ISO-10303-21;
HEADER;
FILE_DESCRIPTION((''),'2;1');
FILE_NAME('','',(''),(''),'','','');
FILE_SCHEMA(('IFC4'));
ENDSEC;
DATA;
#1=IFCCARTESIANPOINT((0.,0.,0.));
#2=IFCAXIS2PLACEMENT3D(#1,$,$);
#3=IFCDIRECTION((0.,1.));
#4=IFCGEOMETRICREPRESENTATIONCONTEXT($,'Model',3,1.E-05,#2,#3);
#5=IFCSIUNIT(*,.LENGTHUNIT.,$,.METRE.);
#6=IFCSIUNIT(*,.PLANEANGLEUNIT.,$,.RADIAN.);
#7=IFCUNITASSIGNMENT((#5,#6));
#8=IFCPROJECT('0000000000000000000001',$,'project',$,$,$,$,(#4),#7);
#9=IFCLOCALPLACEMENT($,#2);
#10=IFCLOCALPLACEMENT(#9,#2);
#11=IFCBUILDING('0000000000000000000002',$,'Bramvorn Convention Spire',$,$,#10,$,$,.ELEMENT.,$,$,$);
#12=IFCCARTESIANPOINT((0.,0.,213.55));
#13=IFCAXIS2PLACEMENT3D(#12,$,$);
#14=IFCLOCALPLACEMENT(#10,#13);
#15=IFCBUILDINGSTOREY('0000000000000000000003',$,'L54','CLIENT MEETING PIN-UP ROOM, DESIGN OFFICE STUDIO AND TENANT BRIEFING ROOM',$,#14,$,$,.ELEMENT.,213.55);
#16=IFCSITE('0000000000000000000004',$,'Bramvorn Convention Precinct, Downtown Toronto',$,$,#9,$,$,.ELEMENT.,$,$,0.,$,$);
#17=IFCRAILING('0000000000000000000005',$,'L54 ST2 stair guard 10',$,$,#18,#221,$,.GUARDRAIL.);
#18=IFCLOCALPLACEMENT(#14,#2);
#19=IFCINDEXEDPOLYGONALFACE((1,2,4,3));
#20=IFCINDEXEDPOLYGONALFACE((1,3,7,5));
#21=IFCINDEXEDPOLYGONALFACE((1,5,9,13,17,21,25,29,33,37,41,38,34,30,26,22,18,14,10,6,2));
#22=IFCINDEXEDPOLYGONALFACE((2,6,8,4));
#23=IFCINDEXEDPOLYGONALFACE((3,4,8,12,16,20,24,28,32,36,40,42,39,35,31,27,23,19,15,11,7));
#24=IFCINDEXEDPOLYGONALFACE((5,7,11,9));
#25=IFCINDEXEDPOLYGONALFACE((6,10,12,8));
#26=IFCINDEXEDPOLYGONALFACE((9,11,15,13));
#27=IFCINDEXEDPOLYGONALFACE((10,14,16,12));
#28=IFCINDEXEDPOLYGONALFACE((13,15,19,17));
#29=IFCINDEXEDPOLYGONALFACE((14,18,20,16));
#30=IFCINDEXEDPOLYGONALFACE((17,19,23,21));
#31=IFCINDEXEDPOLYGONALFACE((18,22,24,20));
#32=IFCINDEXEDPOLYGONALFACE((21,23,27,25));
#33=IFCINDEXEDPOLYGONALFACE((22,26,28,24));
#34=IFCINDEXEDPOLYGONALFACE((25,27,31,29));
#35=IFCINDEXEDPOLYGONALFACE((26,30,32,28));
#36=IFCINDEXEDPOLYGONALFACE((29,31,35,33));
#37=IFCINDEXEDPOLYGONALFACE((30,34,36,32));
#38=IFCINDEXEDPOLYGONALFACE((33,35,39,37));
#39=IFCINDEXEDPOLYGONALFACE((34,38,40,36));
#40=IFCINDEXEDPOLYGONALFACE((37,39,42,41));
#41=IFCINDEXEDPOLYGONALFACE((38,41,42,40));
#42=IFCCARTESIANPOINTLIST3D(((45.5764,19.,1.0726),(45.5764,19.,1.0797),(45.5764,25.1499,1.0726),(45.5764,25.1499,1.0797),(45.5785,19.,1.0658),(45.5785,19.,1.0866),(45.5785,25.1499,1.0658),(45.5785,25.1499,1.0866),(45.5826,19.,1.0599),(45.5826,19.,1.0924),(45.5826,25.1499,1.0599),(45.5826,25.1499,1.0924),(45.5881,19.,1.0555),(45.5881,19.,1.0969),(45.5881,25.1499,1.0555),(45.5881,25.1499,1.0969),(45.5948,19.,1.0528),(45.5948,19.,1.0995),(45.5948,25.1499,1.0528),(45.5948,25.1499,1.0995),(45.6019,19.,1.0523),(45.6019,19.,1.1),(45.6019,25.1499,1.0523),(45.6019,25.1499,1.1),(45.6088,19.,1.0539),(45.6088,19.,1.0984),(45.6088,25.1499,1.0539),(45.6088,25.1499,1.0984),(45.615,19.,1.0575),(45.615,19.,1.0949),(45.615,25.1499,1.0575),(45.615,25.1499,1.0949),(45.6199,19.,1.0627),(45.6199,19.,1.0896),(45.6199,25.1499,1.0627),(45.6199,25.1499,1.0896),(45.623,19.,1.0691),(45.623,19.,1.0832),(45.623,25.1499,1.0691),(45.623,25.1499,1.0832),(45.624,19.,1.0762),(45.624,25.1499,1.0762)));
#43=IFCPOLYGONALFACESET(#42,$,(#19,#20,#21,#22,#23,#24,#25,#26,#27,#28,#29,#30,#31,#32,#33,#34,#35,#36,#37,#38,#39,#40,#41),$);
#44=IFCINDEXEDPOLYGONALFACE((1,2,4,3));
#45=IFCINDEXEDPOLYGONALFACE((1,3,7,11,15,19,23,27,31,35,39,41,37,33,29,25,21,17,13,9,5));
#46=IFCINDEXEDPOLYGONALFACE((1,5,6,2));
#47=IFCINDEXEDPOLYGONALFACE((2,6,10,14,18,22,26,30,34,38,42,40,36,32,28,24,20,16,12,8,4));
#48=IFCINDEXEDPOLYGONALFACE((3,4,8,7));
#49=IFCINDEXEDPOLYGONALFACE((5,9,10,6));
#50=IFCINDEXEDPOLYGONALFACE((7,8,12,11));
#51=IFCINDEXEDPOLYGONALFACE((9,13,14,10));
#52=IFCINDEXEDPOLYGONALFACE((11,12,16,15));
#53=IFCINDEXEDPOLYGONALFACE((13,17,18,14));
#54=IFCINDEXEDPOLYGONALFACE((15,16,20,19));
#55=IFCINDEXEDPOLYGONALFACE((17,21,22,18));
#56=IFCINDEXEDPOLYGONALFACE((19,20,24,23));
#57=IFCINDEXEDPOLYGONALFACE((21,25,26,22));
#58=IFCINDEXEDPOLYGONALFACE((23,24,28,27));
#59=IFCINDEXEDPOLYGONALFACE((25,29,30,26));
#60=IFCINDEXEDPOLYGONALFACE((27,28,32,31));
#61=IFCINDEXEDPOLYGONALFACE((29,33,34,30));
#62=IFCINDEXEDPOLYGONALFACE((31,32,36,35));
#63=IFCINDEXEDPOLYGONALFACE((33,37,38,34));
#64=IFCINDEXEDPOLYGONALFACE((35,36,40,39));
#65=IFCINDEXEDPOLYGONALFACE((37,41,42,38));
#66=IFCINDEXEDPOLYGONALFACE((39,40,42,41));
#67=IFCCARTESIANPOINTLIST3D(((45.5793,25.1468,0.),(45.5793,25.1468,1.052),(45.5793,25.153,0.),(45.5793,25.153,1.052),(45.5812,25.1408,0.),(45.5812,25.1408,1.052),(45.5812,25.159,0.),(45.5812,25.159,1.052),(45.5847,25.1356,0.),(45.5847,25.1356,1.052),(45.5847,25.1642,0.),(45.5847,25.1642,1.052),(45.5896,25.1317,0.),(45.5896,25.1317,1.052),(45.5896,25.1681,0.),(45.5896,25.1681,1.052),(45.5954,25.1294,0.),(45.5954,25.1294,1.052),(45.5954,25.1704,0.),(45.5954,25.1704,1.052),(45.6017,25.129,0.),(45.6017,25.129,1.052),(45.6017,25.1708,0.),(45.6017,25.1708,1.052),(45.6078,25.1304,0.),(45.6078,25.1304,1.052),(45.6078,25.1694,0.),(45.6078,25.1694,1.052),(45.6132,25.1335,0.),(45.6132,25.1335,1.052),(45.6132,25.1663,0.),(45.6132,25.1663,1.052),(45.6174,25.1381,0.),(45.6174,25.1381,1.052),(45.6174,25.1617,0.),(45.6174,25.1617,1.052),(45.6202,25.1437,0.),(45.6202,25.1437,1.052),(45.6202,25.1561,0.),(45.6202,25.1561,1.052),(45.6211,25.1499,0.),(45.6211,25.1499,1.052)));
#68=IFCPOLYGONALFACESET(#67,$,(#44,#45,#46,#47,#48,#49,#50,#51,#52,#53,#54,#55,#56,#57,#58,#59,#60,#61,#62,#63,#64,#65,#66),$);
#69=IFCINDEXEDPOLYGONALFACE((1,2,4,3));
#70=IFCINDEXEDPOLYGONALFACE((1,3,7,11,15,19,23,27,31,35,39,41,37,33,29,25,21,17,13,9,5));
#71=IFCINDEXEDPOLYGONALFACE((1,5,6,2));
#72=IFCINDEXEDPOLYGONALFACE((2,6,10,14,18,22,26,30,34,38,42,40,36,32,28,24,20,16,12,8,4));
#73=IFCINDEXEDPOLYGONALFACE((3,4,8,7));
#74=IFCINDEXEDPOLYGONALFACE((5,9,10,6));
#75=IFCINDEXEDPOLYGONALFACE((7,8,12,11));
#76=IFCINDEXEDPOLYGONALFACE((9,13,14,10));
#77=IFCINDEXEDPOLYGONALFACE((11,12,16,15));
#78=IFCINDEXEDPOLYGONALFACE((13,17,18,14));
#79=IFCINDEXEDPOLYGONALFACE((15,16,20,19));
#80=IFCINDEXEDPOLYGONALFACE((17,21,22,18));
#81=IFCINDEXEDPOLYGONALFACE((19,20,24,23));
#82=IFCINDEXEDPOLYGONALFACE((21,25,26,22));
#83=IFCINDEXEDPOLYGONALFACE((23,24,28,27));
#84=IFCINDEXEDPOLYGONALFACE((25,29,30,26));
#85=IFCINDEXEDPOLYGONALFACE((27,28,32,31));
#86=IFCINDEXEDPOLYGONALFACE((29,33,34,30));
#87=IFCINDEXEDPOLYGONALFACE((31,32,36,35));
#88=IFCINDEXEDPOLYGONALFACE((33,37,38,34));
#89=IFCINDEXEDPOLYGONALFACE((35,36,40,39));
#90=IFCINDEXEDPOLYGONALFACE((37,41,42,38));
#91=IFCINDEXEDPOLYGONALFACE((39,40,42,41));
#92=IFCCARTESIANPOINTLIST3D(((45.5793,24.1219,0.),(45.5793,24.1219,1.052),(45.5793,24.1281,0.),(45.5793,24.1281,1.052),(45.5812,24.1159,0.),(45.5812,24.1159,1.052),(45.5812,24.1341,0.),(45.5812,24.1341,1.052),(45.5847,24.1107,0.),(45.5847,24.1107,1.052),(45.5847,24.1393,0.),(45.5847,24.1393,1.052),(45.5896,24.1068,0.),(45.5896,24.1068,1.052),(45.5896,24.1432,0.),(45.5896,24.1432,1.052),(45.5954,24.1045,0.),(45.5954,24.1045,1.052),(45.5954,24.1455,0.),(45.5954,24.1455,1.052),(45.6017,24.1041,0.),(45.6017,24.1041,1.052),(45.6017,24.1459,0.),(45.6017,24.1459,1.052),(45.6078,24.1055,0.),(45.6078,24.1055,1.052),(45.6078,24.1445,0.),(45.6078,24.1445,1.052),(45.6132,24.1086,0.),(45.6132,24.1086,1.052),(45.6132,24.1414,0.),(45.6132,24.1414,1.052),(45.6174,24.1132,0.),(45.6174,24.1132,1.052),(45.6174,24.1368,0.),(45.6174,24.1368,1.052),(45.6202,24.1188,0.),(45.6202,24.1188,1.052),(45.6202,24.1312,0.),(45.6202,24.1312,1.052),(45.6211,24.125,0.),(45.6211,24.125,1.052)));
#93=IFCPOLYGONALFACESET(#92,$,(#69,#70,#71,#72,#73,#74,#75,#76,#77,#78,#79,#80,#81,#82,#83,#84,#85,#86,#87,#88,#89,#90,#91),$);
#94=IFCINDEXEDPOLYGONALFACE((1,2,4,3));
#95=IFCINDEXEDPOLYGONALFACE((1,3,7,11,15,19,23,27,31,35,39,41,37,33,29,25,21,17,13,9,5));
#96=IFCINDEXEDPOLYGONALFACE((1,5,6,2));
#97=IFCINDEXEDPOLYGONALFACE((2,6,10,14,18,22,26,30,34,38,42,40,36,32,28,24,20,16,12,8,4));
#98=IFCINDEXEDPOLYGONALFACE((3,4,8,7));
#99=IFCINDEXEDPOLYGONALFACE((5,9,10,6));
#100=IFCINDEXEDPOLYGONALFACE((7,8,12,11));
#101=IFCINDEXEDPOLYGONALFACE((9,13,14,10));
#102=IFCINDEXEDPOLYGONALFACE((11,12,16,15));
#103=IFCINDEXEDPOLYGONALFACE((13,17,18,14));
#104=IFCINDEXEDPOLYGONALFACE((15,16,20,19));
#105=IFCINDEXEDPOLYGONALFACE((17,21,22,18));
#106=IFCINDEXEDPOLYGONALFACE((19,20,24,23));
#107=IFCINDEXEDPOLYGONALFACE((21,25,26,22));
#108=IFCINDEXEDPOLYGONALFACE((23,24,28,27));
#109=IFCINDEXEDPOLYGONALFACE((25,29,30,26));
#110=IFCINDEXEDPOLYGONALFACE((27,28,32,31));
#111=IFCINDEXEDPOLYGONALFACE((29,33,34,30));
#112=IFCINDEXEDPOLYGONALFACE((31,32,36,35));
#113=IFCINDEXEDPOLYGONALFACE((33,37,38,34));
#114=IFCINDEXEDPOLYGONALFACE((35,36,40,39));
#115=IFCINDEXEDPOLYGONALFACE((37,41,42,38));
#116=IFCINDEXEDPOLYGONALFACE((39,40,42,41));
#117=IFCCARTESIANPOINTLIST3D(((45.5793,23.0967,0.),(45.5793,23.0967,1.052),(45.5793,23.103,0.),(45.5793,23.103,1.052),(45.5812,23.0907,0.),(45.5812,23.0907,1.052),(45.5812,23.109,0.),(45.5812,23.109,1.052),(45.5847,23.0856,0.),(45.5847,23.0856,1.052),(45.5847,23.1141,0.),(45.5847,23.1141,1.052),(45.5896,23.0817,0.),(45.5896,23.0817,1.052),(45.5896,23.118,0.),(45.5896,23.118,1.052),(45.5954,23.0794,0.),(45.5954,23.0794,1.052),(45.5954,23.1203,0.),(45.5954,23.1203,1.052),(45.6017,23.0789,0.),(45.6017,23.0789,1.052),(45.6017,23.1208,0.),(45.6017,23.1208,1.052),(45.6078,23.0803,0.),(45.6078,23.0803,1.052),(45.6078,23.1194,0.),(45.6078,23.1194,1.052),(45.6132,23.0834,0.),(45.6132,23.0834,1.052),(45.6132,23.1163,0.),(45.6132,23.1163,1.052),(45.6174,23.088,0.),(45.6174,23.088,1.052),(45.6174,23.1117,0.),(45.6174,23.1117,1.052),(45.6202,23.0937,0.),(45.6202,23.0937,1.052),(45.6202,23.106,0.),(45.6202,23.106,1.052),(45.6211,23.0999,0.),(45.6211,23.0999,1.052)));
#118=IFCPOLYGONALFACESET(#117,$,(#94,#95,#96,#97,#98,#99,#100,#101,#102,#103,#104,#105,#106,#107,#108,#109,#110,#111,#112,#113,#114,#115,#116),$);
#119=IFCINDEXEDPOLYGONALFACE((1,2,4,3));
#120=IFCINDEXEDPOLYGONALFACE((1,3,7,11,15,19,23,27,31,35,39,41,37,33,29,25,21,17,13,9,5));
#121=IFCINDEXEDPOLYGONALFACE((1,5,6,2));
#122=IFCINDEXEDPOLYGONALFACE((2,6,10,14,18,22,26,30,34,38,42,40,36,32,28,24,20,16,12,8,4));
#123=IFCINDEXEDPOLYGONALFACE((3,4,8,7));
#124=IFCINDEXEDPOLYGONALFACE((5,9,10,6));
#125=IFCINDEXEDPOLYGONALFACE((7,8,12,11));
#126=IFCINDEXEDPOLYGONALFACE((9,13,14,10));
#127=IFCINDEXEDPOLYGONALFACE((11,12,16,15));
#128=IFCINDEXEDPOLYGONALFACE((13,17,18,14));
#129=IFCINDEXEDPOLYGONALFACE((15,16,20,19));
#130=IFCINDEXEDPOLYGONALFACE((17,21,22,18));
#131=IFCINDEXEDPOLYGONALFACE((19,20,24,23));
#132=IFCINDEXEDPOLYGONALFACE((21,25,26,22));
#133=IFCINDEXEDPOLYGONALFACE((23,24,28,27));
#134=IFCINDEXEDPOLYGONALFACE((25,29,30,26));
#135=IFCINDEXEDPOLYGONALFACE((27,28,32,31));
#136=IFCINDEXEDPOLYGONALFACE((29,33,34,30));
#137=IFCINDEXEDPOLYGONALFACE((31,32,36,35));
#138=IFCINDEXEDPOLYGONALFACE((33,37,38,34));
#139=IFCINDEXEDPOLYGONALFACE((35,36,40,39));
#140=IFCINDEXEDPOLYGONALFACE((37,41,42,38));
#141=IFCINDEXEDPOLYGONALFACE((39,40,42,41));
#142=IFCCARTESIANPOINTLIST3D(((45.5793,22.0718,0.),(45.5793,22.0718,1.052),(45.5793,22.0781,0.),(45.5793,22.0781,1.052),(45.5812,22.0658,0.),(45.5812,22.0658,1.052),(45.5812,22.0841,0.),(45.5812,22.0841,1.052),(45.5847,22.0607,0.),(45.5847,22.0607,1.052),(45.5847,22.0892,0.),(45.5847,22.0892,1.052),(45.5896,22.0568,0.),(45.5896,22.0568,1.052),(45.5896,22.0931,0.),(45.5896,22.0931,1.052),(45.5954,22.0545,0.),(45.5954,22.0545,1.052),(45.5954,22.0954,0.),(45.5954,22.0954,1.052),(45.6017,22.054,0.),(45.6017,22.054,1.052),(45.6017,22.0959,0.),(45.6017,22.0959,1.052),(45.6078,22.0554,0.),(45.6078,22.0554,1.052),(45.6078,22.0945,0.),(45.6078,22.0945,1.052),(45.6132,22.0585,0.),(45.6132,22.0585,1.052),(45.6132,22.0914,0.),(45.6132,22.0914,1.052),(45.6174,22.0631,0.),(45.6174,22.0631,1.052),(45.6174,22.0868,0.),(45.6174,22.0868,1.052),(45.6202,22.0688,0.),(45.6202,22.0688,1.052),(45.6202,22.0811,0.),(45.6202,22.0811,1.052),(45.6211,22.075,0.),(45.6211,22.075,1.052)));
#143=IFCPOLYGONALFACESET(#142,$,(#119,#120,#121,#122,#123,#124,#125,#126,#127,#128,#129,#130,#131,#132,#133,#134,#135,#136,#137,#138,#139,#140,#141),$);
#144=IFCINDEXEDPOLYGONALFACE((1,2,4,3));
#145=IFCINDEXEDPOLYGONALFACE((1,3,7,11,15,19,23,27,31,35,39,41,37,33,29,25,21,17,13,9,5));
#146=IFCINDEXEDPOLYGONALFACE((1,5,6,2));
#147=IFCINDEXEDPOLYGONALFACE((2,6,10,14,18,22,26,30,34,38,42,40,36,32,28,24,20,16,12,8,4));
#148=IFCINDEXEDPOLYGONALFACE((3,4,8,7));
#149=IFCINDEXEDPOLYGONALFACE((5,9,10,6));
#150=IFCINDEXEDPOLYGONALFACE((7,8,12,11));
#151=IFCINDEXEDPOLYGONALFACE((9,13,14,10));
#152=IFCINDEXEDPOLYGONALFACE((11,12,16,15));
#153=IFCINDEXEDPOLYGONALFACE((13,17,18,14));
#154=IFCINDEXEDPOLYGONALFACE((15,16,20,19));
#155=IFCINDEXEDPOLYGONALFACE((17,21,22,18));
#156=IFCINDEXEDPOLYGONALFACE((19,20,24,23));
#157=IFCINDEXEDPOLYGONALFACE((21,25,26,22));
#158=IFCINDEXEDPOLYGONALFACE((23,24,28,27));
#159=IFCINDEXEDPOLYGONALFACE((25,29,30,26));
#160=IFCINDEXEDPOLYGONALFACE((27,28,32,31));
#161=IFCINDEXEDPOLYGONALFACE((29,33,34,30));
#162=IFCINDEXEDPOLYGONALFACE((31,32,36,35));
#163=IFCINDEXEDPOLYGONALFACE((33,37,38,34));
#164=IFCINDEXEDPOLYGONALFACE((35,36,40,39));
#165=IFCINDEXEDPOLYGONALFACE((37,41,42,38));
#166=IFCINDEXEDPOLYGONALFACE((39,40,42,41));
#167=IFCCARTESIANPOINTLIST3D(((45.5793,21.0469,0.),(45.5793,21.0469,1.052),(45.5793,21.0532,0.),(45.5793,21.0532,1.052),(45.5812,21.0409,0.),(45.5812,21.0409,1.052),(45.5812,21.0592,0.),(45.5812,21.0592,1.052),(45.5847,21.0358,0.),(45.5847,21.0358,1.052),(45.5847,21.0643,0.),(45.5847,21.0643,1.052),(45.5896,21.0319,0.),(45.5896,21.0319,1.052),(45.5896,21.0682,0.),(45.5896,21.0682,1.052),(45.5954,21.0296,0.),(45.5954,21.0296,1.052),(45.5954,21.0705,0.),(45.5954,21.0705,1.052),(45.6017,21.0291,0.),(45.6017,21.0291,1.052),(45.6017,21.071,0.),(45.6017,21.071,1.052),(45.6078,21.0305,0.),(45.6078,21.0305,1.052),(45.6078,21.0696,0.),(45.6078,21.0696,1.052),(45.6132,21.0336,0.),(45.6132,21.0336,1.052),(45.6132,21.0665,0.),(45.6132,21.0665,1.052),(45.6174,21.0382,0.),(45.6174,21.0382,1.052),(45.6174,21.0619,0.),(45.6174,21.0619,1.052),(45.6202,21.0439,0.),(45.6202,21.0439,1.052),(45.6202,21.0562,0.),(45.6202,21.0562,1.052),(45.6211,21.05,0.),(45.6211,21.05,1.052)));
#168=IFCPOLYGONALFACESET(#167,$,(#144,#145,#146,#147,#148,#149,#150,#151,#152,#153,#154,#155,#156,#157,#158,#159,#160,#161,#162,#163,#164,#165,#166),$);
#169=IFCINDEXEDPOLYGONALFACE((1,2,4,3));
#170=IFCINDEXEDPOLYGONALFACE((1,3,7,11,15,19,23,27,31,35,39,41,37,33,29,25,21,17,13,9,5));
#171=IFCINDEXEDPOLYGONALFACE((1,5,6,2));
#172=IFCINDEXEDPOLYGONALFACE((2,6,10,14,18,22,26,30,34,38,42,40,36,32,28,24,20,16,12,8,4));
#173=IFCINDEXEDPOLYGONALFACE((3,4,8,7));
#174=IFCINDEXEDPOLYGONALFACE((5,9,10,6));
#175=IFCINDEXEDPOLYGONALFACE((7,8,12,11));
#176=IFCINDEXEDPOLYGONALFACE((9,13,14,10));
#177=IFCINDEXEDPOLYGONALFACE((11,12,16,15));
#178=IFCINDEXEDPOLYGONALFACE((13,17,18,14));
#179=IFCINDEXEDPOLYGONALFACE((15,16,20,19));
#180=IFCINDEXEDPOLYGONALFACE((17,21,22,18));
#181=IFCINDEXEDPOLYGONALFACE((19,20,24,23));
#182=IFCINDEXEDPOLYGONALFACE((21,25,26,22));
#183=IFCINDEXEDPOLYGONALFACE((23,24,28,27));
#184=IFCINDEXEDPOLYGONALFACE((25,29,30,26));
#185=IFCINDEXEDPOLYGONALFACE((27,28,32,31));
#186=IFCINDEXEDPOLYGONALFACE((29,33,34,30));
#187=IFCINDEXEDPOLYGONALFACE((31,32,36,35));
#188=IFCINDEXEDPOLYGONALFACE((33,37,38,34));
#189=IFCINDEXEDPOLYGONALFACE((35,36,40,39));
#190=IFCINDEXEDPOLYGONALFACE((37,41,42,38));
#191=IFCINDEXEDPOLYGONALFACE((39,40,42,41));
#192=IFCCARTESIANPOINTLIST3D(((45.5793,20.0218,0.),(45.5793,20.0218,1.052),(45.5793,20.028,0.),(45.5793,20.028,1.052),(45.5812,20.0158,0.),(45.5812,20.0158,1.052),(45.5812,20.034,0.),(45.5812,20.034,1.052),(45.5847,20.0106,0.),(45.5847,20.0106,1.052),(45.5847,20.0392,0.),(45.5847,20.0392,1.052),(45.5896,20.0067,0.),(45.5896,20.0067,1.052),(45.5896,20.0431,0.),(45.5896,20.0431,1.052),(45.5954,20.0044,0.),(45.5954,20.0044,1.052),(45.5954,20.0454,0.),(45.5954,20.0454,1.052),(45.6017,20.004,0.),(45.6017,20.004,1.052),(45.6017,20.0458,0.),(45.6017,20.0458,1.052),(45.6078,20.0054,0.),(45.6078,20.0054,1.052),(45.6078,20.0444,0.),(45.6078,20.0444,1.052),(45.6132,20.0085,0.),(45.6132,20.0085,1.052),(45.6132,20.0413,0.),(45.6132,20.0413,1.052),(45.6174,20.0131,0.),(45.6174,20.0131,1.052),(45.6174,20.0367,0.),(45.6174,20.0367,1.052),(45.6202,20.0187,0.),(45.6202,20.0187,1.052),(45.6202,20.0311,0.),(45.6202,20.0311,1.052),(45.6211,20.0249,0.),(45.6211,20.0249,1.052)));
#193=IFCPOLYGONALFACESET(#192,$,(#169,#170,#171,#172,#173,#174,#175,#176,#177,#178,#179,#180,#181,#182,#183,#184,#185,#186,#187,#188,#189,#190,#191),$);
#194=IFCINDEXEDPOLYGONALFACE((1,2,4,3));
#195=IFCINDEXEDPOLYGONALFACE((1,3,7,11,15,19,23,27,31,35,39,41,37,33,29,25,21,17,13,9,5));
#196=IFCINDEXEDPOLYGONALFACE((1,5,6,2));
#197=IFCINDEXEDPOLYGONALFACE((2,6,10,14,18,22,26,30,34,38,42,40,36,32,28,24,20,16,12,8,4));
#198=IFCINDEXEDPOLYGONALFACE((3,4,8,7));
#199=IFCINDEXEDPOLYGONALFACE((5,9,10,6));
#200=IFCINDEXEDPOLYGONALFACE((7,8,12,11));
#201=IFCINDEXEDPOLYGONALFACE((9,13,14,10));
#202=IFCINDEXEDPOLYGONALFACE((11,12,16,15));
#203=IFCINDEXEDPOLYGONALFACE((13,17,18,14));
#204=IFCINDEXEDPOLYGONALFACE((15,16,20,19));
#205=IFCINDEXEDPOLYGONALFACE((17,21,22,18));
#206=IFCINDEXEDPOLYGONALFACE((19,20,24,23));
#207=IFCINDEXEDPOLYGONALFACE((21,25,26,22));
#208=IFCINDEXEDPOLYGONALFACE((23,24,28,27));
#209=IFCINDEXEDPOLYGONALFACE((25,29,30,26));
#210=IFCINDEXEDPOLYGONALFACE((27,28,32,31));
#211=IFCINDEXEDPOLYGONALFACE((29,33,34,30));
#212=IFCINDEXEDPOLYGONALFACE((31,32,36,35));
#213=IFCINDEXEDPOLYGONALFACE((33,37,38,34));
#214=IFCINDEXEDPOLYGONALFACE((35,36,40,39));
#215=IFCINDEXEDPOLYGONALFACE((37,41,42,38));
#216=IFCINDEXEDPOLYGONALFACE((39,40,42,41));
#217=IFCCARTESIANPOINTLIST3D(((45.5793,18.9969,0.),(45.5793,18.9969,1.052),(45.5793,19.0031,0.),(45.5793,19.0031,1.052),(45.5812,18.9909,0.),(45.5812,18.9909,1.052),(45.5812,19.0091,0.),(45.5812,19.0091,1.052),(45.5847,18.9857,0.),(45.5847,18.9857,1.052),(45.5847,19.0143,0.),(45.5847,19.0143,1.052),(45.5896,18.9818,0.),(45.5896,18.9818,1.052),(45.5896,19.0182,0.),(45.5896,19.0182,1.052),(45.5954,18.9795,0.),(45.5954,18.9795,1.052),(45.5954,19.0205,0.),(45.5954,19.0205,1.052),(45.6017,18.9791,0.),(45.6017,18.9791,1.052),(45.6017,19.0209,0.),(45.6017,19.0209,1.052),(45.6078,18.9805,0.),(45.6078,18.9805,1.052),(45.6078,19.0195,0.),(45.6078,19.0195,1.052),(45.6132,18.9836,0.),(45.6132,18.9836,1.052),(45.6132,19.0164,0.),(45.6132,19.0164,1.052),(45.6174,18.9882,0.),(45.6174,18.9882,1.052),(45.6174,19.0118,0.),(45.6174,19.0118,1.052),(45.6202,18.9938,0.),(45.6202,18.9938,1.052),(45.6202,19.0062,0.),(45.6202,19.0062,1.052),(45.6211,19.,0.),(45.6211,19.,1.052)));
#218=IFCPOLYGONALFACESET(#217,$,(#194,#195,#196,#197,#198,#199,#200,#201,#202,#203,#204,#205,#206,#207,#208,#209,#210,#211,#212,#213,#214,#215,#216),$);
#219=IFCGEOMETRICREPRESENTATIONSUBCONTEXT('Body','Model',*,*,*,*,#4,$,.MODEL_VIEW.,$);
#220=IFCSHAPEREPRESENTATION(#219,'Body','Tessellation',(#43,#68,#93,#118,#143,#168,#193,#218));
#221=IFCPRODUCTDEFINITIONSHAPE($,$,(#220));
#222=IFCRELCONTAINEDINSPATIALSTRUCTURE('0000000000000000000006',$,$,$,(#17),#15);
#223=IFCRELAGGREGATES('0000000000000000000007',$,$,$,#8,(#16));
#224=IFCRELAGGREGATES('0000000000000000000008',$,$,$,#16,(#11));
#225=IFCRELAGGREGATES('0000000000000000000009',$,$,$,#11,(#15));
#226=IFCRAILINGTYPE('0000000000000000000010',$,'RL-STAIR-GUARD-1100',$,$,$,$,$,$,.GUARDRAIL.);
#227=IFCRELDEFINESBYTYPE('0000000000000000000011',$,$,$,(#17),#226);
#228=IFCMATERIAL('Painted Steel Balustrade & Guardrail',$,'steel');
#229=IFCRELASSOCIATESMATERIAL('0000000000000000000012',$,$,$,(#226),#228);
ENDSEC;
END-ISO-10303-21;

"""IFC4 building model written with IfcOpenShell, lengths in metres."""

from ifc_helpers import new_model, si_unit, direction, frame, origin, origin_2d, place, context, subcontext, project, spatial, circle, extrude, material, type_object, element, save


model = new_model("IFC4")

# Units and contexts
model_context = context("Model", 3, precision=1e-05, world=origin(), true_north=direction((0.0, 1.0)))
body_context = subcontext(model_context, "Body", "Model", "MODEL_VIEW")
ifc_project = project(units=[si_unit("LENGTHUNIT", "METRE"), si_unit("PLANEANGLEUNIT", "RADIAN")], contexts=[model_context])

# Site, building, storey
site_placement = place(None, origin())
site = spatial("IfcSite", under=ifc_project, at=site_placement, Name="Bramvorn Convention Precinct, Downtown Toronto", CompositionType="ELEMENT", RefElevation=0.0)
building_placement = place(site_placement, origin())
building = spatial("IfcBuilding", under=site, at=building_placement, Name="Bramvorn Convention Spire", CompositionType="ELEMENT")
storey_placement = place(building_placement, frame((0.0, 0.0, 213.55)))
storey = spatial("IfcBuildingStorey", under=building, at=storey_placement, Name="L54", Description="CLIENT MEETING PIN-UP ROOM, DESIGN OFFICE STUDIO AND TENANT BRIEFING ROOM", CompositionType="ELEMENT", Elevation=213.55)

# Railing
ifc_material_1 = material(Name="Painted Steel Balustrade & Guardrail", Category="steel")
railing_type_1 = type_object("IfcRailingType", Name="RL-STAIR-GUARD-1100", PredefinedType="GUARDRAIL", material=ifc_material_1)
railing_1_placement = place(storey_placement, frame((45.6001, 25.1499, 0.0)))
element("IfcRailing", 1, at=railing_1_placement, inside=storey, type_object=railing_type_1, Name="L54 ST2 stair guard 10", PredefinedType="GUARDRAIL", context=body_context, shape_type="SweptSolid", body=[
    extrude(circle(Radius=0.0239, at=origin_2d()), frame((0.0, 0.0, 1.0762), z_axis=(0.0, -1.0, 0.0), x_axis=(1.0, 0.0, 0.0)), (0.0, 0.0, 1.0), 6.1499),
    extrude(circle(Radius=0.021, at=origin_2d()), origin(), (0.0, 0.0, 1.0), 1.052),
    extrude(circle(Radius=0.021, at=origin_2d()), frame((0.0, -1.0249, 0.0)), (0.0, 0.0, 1.0), 1.052),
    extrude(circle(Radius=0.021, at=origin_2d()), frame((0.0, -2.05, 0.0)), (0.0, 0.0, 1.0), 1.052),
    extrude(circle(Radius=0.021, at=origin_2d()), frame((0.0, -3.075, 0.0)), (0.0, 0.0, 1.0), 1.052),
    extrude(circle(Radius=0.021, at=origin_2d()), frame((0.0, -4.0999, 0.0)), (0.0, 0.0, 1.0), 1.052),
    extrude(circle(Radius=0.021, at=origin_2d()), frame((0.0, -5.125, 0.0)), (0.0, 0.0, 1.0), 1.052),
    extrude(circle(Radius=0.021, at=origin_2d()), frame((0.0, -6.1499, 0.0)), (0.0, 0.0, 1.0), 1.052),
])

save(model, "model.ifc")
